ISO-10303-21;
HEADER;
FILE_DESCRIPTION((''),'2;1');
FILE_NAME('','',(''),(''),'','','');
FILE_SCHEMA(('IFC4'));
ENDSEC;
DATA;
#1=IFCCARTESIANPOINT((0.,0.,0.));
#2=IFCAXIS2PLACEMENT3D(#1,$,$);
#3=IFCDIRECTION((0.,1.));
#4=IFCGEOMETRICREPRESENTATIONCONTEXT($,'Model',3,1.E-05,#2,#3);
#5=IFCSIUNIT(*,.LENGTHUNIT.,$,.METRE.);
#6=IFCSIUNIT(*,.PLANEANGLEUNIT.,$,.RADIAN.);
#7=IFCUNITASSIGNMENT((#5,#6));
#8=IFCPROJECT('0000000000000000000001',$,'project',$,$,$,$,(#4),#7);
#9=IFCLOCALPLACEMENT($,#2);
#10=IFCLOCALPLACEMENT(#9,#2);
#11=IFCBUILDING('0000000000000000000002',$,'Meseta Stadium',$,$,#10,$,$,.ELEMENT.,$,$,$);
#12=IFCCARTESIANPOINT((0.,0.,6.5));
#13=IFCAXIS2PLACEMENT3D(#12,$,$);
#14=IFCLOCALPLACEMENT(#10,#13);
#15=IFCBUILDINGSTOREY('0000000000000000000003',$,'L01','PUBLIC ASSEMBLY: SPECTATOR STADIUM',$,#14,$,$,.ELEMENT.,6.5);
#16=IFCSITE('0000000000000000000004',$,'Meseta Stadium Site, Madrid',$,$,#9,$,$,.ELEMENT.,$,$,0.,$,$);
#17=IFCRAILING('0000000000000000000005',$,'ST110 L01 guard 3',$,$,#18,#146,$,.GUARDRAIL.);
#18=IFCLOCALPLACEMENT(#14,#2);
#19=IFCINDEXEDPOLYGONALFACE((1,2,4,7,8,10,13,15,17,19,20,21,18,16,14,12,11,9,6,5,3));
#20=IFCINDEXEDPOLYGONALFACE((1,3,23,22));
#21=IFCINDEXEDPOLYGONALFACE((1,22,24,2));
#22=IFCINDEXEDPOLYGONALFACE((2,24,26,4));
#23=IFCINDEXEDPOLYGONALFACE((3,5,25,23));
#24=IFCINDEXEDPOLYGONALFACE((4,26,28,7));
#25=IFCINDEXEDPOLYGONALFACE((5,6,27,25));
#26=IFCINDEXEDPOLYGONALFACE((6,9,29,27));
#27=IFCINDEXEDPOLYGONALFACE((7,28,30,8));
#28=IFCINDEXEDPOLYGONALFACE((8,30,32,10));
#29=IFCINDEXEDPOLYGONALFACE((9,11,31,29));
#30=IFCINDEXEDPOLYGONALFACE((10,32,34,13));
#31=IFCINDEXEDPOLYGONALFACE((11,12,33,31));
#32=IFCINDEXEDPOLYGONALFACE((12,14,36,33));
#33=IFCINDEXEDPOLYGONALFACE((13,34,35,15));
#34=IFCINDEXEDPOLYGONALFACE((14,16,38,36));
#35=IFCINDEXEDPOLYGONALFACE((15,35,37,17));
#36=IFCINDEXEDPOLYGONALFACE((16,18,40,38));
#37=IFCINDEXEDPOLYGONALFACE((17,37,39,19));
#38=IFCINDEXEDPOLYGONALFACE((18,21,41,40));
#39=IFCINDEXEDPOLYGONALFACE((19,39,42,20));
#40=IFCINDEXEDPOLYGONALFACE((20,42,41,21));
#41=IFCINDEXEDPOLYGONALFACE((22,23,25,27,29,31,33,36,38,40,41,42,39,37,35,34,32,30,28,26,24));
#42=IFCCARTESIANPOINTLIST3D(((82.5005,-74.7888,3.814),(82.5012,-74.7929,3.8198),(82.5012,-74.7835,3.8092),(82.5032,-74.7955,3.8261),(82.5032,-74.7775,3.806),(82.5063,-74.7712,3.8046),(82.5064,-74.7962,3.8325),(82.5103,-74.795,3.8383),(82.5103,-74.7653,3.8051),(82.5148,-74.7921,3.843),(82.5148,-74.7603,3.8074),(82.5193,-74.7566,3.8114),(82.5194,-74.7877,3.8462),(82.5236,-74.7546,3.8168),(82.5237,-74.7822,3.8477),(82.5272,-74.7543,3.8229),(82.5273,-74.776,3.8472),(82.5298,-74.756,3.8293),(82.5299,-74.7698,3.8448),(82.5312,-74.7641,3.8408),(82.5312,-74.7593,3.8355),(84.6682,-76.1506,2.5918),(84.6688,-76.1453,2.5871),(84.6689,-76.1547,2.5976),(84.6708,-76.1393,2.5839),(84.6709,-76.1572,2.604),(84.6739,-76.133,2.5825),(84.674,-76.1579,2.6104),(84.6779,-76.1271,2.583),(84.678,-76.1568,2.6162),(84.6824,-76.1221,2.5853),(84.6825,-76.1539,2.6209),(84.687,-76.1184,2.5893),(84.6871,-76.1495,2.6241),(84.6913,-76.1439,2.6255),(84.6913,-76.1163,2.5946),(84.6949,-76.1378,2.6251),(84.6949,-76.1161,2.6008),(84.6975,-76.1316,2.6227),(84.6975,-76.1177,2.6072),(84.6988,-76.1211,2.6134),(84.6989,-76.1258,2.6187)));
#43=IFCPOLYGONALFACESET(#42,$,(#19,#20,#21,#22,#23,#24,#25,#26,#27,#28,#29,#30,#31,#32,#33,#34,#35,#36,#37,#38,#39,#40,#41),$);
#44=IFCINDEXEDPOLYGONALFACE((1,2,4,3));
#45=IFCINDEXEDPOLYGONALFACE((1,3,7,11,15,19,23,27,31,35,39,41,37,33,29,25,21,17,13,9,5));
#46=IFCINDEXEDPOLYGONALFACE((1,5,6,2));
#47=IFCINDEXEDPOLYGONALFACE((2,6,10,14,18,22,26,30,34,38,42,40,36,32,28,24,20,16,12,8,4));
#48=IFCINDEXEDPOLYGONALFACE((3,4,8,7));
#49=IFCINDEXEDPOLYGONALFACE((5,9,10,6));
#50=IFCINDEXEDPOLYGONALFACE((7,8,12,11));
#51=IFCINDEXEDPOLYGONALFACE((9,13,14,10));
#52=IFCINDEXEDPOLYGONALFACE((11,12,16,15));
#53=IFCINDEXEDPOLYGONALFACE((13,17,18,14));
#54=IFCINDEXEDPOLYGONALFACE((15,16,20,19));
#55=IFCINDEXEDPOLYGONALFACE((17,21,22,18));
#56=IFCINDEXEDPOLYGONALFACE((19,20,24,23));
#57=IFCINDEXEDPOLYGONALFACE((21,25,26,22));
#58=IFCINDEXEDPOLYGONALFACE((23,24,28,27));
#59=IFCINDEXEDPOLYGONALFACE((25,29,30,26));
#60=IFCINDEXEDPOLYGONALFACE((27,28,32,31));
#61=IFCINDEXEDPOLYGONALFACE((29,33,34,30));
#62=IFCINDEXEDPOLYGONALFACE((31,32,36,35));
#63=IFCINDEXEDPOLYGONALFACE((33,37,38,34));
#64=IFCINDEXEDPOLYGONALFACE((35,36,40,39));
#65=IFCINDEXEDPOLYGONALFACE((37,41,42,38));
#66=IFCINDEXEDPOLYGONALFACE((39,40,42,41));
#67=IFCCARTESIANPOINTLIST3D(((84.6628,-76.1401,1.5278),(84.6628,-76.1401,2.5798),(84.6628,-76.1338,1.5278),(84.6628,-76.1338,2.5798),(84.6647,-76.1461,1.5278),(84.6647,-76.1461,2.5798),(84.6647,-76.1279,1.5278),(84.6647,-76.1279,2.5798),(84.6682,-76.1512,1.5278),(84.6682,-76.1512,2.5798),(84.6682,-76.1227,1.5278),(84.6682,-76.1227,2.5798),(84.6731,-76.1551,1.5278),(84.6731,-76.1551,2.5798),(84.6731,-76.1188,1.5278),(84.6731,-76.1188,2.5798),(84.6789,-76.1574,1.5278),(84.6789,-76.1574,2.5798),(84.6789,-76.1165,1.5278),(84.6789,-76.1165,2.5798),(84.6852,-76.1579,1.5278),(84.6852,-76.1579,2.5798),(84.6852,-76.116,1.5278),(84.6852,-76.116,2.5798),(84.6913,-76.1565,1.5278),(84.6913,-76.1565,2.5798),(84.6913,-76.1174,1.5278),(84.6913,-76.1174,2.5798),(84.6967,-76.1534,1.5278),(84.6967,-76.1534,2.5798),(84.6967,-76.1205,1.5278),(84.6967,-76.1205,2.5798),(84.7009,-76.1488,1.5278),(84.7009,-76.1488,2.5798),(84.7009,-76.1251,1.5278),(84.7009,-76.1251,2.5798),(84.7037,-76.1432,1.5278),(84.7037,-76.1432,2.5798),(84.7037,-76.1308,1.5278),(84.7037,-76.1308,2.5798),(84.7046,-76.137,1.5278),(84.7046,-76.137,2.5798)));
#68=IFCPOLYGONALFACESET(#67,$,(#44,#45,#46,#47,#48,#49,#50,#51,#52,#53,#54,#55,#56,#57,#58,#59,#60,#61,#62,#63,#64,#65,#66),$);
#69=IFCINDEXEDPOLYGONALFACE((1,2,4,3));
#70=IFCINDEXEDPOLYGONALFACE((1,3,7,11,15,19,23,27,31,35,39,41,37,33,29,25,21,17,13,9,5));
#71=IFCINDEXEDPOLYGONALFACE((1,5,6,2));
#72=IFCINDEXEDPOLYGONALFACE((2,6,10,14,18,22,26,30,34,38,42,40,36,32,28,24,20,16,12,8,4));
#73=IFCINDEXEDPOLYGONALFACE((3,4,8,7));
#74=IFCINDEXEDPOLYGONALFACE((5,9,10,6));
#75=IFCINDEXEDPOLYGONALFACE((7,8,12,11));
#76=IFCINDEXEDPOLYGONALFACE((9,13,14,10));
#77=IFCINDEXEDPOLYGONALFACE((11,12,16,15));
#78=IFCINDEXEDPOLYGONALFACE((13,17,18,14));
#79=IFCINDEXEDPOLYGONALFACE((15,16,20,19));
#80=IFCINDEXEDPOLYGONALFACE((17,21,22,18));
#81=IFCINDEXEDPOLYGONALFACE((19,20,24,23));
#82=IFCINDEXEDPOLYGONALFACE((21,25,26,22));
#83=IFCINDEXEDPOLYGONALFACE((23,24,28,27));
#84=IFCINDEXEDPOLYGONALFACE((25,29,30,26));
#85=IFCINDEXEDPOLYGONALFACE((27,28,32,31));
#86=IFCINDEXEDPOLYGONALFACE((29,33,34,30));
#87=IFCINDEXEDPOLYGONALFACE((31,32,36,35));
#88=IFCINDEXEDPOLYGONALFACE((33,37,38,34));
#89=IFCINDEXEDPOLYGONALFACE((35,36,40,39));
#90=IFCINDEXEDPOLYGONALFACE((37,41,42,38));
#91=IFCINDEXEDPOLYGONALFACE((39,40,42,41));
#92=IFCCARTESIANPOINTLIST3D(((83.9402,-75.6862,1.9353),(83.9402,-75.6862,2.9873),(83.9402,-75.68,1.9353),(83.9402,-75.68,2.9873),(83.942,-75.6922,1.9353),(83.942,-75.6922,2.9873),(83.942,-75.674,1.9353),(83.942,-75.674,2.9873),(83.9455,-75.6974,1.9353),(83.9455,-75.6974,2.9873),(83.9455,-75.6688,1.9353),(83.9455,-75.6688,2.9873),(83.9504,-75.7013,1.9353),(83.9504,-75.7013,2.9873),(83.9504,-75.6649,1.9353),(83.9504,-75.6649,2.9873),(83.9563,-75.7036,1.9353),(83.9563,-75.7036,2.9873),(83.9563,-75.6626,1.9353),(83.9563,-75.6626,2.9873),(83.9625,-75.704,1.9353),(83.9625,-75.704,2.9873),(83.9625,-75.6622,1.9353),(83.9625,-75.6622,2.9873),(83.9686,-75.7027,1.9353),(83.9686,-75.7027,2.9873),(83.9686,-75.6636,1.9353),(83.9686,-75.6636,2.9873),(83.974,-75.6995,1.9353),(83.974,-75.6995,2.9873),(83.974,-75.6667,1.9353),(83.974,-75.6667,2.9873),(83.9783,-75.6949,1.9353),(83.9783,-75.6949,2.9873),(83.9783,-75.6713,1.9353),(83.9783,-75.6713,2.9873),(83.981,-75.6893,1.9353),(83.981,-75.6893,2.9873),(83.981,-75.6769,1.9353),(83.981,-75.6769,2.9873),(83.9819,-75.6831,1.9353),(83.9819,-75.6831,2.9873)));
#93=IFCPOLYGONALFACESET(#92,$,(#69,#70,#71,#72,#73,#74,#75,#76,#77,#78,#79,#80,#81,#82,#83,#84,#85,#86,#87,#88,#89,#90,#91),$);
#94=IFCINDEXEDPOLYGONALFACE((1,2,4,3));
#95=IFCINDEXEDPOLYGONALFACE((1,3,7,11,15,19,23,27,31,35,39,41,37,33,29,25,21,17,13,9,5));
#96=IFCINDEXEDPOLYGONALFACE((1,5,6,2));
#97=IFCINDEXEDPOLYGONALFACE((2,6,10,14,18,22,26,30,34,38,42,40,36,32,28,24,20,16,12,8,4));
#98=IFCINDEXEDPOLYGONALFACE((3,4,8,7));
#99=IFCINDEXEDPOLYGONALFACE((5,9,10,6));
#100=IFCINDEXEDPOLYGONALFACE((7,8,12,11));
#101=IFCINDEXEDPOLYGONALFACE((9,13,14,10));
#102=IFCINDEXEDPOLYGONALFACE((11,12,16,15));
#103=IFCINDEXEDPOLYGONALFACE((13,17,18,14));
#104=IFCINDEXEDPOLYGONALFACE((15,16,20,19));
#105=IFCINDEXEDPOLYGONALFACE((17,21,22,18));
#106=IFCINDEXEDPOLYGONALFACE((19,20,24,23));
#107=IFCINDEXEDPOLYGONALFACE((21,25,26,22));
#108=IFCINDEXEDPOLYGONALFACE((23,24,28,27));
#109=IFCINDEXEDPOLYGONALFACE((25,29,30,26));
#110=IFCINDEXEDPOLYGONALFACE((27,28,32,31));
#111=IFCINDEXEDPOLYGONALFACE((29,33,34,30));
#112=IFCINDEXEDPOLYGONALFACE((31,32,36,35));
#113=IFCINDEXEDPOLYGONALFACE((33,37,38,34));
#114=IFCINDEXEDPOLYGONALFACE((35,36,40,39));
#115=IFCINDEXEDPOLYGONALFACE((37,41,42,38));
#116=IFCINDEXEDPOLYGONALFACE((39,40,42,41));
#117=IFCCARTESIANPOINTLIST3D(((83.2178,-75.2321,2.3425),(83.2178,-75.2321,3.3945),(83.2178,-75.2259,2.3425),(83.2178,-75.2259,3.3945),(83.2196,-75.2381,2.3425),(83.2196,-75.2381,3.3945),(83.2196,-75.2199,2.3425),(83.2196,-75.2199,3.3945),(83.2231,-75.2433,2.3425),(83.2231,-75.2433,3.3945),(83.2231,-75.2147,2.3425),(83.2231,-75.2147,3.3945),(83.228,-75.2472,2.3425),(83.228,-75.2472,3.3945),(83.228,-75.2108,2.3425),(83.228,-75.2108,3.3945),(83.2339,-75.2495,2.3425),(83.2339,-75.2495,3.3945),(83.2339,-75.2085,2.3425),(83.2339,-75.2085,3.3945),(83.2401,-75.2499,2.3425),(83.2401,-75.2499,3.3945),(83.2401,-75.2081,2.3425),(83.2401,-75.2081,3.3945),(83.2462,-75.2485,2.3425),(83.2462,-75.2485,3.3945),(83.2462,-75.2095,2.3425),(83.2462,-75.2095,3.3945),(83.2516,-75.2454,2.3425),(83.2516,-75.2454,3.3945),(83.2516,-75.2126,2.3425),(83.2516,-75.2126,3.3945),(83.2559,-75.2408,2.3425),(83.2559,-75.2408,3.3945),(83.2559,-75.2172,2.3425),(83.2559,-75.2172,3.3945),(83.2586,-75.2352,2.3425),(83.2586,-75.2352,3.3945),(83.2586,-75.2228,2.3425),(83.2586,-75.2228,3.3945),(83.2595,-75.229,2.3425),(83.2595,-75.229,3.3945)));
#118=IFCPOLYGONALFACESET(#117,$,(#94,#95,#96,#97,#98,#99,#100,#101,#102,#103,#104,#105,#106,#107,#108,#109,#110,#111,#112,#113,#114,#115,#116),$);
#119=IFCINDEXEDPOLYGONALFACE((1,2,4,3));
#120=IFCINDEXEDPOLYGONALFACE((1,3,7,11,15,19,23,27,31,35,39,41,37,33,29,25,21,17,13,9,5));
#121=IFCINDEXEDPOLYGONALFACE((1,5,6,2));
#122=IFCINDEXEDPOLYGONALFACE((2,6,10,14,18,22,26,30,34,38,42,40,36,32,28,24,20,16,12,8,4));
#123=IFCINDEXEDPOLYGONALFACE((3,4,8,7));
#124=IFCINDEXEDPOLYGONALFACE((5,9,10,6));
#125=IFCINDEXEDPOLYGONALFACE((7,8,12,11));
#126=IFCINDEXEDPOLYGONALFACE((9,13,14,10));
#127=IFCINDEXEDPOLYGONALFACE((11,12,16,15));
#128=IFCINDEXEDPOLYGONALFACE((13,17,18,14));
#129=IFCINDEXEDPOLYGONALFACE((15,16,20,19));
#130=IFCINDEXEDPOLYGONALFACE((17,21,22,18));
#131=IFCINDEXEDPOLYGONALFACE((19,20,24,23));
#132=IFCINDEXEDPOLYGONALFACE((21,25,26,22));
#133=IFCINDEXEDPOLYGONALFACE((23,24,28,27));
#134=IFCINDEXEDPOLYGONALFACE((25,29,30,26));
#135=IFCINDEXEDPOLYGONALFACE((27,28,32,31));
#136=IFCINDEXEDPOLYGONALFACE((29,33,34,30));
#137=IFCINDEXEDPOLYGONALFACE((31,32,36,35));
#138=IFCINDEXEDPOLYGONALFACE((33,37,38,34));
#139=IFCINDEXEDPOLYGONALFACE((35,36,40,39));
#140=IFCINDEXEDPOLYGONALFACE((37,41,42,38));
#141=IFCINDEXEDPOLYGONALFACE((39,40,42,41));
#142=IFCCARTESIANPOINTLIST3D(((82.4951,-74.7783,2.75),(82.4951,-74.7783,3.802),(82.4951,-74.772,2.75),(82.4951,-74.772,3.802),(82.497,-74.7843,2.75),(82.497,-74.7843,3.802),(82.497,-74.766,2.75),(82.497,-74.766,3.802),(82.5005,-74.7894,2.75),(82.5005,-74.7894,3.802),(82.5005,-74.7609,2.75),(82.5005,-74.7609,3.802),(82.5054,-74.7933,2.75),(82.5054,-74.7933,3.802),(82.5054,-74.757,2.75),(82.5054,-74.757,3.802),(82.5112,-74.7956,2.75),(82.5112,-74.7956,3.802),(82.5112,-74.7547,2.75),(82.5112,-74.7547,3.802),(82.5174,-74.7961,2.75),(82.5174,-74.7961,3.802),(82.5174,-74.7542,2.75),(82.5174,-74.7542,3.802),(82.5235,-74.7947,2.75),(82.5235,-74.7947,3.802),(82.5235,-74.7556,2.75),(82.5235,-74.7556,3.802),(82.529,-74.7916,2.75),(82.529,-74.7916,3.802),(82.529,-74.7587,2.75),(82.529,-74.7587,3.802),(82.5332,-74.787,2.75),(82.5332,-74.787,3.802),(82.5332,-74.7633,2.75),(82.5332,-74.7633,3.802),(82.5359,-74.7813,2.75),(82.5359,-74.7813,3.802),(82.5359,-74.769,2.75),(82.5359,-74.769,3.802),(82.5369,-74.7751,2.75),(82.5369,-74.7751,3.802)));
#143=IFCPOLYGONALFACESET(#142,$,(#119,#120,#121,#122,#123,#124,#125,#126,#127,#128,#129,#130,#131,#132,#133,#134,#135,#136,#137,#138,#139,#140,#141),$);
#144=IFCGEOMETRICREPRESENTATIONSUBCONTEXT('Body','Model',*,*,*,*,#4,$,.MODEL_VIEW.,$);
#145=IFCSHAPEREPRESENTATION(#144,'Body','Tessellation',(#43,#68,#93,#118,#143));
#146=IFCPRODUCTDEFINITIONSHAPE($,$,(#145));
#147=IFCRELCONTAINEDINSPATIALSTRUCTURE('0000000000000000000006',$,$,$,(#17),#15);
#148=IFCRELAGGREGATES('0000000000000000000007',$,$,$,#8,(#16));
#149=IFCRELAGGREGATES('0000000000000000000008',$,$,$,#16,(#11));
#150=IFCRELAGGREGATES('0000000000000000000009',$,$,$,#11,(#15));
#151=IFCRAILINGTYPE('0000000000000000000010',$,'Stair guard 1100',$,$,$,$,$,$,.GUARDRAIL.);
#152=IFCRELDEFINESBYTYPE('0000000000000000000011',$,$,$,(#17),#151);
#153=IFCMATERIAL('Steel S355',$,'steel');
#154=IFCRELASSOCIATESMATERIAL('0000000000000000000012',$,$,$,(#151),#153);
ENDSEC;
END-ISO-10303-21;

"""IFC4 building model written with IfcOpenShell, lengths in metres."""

from ifc_helpers import new_model, si_unit, direction, frame, origin, origin_2d, place, context, subcontext, project, spatial, circle, extrude, material, type_object, element, save


model = new_model("IFC4")

# Units and contexts
model_context = context("Model", 3, precision=1e-05, world=origin(), true_north=direction((0.0, 1.0)))
body_context = subcontext(model_context, "Body", "Model", "MODEL_VIEW")
ifc_project = project(units=[si_unit("LENGTHUNIT", "METRE"), si_unit("PLANEANGLEUNIT", "RADIAN")], contexts=[model_context])

# Site, building, storey
site_placement = place(None, origin())
site = spatial("IfcSite", under=ifc_project, at=site_placement, Name="Meseta Stadium Site, Madrid", CompositionType="ELEMENT", RefElevation=0.0)
building_placement = place(site_placement, origin())
building = spatial("IfcBuilding", under=site, at=building_placement, Name="Meseta Stadium", CompositionType="ELEMENT")
storey_placement = place(building_placement, frame((0.0, 0.0, 6.5)))
storey = spatial("IfcBuildingStorey", under=building, at=storey_placement, Name="L01", Description="PUBLIC ASSEMBLY: SPECTATOR STADIUM", CompositionType="ELEMENT", Elevation=6.5)

# Railing
ifc_material_1 = material(Name="Steel S355", Category="steel")
railing_type_1 = type_object("IfcRailingType", Name="Stair guard 1100", PredefinedType="GUARDRAIL", material=ifc_material_1)
railing_1_placement = place(storey_placement, frame((84.6836, -76.137, 1.5278)))
element("IfcRailing", 1, at=railing_1_placement, inside=storey, type_object=railing_type_1, Name="ST110 L01 guard 3", PredefinedType="GUARDRAIL", context=body_context, shape_type="SweptSolid", body=[
    extrude(circle(Radius=0.0239, at=origin_2d()), frame((0.0, 0.0, 1.0762), z_axis=(-0.764152, 0.480059, 0.430831), x_axis=(-0.531961, -0.846769, 0.0)), (0.0, 0.0, 1.0), 2.8367),
    extrude(circle(Radius=0.021, at=origin_2d()), origin(), (0.0, 0.0, 1.0), 1.052),
    extrude(circle(Radius=0.021, at=origin_2d()), frame((-0.7227, 0.4539, 0.4075)), (0.0, 0.0, 1.0), 1.052),
    extrude(circle(Radius=0.021, at=origin_2d()), frame((-1.4451, 0.908, 0.8147)), (0.0, 0.0, 1.0), 1.052),
    extrude(circle(Radius=0.021, at=origin_2d()), frame((-2.1677, 1.3618, 1.2222)), (0.0, 0.0, 1.0), 1.052),
])

save(model, "model.ifc")
